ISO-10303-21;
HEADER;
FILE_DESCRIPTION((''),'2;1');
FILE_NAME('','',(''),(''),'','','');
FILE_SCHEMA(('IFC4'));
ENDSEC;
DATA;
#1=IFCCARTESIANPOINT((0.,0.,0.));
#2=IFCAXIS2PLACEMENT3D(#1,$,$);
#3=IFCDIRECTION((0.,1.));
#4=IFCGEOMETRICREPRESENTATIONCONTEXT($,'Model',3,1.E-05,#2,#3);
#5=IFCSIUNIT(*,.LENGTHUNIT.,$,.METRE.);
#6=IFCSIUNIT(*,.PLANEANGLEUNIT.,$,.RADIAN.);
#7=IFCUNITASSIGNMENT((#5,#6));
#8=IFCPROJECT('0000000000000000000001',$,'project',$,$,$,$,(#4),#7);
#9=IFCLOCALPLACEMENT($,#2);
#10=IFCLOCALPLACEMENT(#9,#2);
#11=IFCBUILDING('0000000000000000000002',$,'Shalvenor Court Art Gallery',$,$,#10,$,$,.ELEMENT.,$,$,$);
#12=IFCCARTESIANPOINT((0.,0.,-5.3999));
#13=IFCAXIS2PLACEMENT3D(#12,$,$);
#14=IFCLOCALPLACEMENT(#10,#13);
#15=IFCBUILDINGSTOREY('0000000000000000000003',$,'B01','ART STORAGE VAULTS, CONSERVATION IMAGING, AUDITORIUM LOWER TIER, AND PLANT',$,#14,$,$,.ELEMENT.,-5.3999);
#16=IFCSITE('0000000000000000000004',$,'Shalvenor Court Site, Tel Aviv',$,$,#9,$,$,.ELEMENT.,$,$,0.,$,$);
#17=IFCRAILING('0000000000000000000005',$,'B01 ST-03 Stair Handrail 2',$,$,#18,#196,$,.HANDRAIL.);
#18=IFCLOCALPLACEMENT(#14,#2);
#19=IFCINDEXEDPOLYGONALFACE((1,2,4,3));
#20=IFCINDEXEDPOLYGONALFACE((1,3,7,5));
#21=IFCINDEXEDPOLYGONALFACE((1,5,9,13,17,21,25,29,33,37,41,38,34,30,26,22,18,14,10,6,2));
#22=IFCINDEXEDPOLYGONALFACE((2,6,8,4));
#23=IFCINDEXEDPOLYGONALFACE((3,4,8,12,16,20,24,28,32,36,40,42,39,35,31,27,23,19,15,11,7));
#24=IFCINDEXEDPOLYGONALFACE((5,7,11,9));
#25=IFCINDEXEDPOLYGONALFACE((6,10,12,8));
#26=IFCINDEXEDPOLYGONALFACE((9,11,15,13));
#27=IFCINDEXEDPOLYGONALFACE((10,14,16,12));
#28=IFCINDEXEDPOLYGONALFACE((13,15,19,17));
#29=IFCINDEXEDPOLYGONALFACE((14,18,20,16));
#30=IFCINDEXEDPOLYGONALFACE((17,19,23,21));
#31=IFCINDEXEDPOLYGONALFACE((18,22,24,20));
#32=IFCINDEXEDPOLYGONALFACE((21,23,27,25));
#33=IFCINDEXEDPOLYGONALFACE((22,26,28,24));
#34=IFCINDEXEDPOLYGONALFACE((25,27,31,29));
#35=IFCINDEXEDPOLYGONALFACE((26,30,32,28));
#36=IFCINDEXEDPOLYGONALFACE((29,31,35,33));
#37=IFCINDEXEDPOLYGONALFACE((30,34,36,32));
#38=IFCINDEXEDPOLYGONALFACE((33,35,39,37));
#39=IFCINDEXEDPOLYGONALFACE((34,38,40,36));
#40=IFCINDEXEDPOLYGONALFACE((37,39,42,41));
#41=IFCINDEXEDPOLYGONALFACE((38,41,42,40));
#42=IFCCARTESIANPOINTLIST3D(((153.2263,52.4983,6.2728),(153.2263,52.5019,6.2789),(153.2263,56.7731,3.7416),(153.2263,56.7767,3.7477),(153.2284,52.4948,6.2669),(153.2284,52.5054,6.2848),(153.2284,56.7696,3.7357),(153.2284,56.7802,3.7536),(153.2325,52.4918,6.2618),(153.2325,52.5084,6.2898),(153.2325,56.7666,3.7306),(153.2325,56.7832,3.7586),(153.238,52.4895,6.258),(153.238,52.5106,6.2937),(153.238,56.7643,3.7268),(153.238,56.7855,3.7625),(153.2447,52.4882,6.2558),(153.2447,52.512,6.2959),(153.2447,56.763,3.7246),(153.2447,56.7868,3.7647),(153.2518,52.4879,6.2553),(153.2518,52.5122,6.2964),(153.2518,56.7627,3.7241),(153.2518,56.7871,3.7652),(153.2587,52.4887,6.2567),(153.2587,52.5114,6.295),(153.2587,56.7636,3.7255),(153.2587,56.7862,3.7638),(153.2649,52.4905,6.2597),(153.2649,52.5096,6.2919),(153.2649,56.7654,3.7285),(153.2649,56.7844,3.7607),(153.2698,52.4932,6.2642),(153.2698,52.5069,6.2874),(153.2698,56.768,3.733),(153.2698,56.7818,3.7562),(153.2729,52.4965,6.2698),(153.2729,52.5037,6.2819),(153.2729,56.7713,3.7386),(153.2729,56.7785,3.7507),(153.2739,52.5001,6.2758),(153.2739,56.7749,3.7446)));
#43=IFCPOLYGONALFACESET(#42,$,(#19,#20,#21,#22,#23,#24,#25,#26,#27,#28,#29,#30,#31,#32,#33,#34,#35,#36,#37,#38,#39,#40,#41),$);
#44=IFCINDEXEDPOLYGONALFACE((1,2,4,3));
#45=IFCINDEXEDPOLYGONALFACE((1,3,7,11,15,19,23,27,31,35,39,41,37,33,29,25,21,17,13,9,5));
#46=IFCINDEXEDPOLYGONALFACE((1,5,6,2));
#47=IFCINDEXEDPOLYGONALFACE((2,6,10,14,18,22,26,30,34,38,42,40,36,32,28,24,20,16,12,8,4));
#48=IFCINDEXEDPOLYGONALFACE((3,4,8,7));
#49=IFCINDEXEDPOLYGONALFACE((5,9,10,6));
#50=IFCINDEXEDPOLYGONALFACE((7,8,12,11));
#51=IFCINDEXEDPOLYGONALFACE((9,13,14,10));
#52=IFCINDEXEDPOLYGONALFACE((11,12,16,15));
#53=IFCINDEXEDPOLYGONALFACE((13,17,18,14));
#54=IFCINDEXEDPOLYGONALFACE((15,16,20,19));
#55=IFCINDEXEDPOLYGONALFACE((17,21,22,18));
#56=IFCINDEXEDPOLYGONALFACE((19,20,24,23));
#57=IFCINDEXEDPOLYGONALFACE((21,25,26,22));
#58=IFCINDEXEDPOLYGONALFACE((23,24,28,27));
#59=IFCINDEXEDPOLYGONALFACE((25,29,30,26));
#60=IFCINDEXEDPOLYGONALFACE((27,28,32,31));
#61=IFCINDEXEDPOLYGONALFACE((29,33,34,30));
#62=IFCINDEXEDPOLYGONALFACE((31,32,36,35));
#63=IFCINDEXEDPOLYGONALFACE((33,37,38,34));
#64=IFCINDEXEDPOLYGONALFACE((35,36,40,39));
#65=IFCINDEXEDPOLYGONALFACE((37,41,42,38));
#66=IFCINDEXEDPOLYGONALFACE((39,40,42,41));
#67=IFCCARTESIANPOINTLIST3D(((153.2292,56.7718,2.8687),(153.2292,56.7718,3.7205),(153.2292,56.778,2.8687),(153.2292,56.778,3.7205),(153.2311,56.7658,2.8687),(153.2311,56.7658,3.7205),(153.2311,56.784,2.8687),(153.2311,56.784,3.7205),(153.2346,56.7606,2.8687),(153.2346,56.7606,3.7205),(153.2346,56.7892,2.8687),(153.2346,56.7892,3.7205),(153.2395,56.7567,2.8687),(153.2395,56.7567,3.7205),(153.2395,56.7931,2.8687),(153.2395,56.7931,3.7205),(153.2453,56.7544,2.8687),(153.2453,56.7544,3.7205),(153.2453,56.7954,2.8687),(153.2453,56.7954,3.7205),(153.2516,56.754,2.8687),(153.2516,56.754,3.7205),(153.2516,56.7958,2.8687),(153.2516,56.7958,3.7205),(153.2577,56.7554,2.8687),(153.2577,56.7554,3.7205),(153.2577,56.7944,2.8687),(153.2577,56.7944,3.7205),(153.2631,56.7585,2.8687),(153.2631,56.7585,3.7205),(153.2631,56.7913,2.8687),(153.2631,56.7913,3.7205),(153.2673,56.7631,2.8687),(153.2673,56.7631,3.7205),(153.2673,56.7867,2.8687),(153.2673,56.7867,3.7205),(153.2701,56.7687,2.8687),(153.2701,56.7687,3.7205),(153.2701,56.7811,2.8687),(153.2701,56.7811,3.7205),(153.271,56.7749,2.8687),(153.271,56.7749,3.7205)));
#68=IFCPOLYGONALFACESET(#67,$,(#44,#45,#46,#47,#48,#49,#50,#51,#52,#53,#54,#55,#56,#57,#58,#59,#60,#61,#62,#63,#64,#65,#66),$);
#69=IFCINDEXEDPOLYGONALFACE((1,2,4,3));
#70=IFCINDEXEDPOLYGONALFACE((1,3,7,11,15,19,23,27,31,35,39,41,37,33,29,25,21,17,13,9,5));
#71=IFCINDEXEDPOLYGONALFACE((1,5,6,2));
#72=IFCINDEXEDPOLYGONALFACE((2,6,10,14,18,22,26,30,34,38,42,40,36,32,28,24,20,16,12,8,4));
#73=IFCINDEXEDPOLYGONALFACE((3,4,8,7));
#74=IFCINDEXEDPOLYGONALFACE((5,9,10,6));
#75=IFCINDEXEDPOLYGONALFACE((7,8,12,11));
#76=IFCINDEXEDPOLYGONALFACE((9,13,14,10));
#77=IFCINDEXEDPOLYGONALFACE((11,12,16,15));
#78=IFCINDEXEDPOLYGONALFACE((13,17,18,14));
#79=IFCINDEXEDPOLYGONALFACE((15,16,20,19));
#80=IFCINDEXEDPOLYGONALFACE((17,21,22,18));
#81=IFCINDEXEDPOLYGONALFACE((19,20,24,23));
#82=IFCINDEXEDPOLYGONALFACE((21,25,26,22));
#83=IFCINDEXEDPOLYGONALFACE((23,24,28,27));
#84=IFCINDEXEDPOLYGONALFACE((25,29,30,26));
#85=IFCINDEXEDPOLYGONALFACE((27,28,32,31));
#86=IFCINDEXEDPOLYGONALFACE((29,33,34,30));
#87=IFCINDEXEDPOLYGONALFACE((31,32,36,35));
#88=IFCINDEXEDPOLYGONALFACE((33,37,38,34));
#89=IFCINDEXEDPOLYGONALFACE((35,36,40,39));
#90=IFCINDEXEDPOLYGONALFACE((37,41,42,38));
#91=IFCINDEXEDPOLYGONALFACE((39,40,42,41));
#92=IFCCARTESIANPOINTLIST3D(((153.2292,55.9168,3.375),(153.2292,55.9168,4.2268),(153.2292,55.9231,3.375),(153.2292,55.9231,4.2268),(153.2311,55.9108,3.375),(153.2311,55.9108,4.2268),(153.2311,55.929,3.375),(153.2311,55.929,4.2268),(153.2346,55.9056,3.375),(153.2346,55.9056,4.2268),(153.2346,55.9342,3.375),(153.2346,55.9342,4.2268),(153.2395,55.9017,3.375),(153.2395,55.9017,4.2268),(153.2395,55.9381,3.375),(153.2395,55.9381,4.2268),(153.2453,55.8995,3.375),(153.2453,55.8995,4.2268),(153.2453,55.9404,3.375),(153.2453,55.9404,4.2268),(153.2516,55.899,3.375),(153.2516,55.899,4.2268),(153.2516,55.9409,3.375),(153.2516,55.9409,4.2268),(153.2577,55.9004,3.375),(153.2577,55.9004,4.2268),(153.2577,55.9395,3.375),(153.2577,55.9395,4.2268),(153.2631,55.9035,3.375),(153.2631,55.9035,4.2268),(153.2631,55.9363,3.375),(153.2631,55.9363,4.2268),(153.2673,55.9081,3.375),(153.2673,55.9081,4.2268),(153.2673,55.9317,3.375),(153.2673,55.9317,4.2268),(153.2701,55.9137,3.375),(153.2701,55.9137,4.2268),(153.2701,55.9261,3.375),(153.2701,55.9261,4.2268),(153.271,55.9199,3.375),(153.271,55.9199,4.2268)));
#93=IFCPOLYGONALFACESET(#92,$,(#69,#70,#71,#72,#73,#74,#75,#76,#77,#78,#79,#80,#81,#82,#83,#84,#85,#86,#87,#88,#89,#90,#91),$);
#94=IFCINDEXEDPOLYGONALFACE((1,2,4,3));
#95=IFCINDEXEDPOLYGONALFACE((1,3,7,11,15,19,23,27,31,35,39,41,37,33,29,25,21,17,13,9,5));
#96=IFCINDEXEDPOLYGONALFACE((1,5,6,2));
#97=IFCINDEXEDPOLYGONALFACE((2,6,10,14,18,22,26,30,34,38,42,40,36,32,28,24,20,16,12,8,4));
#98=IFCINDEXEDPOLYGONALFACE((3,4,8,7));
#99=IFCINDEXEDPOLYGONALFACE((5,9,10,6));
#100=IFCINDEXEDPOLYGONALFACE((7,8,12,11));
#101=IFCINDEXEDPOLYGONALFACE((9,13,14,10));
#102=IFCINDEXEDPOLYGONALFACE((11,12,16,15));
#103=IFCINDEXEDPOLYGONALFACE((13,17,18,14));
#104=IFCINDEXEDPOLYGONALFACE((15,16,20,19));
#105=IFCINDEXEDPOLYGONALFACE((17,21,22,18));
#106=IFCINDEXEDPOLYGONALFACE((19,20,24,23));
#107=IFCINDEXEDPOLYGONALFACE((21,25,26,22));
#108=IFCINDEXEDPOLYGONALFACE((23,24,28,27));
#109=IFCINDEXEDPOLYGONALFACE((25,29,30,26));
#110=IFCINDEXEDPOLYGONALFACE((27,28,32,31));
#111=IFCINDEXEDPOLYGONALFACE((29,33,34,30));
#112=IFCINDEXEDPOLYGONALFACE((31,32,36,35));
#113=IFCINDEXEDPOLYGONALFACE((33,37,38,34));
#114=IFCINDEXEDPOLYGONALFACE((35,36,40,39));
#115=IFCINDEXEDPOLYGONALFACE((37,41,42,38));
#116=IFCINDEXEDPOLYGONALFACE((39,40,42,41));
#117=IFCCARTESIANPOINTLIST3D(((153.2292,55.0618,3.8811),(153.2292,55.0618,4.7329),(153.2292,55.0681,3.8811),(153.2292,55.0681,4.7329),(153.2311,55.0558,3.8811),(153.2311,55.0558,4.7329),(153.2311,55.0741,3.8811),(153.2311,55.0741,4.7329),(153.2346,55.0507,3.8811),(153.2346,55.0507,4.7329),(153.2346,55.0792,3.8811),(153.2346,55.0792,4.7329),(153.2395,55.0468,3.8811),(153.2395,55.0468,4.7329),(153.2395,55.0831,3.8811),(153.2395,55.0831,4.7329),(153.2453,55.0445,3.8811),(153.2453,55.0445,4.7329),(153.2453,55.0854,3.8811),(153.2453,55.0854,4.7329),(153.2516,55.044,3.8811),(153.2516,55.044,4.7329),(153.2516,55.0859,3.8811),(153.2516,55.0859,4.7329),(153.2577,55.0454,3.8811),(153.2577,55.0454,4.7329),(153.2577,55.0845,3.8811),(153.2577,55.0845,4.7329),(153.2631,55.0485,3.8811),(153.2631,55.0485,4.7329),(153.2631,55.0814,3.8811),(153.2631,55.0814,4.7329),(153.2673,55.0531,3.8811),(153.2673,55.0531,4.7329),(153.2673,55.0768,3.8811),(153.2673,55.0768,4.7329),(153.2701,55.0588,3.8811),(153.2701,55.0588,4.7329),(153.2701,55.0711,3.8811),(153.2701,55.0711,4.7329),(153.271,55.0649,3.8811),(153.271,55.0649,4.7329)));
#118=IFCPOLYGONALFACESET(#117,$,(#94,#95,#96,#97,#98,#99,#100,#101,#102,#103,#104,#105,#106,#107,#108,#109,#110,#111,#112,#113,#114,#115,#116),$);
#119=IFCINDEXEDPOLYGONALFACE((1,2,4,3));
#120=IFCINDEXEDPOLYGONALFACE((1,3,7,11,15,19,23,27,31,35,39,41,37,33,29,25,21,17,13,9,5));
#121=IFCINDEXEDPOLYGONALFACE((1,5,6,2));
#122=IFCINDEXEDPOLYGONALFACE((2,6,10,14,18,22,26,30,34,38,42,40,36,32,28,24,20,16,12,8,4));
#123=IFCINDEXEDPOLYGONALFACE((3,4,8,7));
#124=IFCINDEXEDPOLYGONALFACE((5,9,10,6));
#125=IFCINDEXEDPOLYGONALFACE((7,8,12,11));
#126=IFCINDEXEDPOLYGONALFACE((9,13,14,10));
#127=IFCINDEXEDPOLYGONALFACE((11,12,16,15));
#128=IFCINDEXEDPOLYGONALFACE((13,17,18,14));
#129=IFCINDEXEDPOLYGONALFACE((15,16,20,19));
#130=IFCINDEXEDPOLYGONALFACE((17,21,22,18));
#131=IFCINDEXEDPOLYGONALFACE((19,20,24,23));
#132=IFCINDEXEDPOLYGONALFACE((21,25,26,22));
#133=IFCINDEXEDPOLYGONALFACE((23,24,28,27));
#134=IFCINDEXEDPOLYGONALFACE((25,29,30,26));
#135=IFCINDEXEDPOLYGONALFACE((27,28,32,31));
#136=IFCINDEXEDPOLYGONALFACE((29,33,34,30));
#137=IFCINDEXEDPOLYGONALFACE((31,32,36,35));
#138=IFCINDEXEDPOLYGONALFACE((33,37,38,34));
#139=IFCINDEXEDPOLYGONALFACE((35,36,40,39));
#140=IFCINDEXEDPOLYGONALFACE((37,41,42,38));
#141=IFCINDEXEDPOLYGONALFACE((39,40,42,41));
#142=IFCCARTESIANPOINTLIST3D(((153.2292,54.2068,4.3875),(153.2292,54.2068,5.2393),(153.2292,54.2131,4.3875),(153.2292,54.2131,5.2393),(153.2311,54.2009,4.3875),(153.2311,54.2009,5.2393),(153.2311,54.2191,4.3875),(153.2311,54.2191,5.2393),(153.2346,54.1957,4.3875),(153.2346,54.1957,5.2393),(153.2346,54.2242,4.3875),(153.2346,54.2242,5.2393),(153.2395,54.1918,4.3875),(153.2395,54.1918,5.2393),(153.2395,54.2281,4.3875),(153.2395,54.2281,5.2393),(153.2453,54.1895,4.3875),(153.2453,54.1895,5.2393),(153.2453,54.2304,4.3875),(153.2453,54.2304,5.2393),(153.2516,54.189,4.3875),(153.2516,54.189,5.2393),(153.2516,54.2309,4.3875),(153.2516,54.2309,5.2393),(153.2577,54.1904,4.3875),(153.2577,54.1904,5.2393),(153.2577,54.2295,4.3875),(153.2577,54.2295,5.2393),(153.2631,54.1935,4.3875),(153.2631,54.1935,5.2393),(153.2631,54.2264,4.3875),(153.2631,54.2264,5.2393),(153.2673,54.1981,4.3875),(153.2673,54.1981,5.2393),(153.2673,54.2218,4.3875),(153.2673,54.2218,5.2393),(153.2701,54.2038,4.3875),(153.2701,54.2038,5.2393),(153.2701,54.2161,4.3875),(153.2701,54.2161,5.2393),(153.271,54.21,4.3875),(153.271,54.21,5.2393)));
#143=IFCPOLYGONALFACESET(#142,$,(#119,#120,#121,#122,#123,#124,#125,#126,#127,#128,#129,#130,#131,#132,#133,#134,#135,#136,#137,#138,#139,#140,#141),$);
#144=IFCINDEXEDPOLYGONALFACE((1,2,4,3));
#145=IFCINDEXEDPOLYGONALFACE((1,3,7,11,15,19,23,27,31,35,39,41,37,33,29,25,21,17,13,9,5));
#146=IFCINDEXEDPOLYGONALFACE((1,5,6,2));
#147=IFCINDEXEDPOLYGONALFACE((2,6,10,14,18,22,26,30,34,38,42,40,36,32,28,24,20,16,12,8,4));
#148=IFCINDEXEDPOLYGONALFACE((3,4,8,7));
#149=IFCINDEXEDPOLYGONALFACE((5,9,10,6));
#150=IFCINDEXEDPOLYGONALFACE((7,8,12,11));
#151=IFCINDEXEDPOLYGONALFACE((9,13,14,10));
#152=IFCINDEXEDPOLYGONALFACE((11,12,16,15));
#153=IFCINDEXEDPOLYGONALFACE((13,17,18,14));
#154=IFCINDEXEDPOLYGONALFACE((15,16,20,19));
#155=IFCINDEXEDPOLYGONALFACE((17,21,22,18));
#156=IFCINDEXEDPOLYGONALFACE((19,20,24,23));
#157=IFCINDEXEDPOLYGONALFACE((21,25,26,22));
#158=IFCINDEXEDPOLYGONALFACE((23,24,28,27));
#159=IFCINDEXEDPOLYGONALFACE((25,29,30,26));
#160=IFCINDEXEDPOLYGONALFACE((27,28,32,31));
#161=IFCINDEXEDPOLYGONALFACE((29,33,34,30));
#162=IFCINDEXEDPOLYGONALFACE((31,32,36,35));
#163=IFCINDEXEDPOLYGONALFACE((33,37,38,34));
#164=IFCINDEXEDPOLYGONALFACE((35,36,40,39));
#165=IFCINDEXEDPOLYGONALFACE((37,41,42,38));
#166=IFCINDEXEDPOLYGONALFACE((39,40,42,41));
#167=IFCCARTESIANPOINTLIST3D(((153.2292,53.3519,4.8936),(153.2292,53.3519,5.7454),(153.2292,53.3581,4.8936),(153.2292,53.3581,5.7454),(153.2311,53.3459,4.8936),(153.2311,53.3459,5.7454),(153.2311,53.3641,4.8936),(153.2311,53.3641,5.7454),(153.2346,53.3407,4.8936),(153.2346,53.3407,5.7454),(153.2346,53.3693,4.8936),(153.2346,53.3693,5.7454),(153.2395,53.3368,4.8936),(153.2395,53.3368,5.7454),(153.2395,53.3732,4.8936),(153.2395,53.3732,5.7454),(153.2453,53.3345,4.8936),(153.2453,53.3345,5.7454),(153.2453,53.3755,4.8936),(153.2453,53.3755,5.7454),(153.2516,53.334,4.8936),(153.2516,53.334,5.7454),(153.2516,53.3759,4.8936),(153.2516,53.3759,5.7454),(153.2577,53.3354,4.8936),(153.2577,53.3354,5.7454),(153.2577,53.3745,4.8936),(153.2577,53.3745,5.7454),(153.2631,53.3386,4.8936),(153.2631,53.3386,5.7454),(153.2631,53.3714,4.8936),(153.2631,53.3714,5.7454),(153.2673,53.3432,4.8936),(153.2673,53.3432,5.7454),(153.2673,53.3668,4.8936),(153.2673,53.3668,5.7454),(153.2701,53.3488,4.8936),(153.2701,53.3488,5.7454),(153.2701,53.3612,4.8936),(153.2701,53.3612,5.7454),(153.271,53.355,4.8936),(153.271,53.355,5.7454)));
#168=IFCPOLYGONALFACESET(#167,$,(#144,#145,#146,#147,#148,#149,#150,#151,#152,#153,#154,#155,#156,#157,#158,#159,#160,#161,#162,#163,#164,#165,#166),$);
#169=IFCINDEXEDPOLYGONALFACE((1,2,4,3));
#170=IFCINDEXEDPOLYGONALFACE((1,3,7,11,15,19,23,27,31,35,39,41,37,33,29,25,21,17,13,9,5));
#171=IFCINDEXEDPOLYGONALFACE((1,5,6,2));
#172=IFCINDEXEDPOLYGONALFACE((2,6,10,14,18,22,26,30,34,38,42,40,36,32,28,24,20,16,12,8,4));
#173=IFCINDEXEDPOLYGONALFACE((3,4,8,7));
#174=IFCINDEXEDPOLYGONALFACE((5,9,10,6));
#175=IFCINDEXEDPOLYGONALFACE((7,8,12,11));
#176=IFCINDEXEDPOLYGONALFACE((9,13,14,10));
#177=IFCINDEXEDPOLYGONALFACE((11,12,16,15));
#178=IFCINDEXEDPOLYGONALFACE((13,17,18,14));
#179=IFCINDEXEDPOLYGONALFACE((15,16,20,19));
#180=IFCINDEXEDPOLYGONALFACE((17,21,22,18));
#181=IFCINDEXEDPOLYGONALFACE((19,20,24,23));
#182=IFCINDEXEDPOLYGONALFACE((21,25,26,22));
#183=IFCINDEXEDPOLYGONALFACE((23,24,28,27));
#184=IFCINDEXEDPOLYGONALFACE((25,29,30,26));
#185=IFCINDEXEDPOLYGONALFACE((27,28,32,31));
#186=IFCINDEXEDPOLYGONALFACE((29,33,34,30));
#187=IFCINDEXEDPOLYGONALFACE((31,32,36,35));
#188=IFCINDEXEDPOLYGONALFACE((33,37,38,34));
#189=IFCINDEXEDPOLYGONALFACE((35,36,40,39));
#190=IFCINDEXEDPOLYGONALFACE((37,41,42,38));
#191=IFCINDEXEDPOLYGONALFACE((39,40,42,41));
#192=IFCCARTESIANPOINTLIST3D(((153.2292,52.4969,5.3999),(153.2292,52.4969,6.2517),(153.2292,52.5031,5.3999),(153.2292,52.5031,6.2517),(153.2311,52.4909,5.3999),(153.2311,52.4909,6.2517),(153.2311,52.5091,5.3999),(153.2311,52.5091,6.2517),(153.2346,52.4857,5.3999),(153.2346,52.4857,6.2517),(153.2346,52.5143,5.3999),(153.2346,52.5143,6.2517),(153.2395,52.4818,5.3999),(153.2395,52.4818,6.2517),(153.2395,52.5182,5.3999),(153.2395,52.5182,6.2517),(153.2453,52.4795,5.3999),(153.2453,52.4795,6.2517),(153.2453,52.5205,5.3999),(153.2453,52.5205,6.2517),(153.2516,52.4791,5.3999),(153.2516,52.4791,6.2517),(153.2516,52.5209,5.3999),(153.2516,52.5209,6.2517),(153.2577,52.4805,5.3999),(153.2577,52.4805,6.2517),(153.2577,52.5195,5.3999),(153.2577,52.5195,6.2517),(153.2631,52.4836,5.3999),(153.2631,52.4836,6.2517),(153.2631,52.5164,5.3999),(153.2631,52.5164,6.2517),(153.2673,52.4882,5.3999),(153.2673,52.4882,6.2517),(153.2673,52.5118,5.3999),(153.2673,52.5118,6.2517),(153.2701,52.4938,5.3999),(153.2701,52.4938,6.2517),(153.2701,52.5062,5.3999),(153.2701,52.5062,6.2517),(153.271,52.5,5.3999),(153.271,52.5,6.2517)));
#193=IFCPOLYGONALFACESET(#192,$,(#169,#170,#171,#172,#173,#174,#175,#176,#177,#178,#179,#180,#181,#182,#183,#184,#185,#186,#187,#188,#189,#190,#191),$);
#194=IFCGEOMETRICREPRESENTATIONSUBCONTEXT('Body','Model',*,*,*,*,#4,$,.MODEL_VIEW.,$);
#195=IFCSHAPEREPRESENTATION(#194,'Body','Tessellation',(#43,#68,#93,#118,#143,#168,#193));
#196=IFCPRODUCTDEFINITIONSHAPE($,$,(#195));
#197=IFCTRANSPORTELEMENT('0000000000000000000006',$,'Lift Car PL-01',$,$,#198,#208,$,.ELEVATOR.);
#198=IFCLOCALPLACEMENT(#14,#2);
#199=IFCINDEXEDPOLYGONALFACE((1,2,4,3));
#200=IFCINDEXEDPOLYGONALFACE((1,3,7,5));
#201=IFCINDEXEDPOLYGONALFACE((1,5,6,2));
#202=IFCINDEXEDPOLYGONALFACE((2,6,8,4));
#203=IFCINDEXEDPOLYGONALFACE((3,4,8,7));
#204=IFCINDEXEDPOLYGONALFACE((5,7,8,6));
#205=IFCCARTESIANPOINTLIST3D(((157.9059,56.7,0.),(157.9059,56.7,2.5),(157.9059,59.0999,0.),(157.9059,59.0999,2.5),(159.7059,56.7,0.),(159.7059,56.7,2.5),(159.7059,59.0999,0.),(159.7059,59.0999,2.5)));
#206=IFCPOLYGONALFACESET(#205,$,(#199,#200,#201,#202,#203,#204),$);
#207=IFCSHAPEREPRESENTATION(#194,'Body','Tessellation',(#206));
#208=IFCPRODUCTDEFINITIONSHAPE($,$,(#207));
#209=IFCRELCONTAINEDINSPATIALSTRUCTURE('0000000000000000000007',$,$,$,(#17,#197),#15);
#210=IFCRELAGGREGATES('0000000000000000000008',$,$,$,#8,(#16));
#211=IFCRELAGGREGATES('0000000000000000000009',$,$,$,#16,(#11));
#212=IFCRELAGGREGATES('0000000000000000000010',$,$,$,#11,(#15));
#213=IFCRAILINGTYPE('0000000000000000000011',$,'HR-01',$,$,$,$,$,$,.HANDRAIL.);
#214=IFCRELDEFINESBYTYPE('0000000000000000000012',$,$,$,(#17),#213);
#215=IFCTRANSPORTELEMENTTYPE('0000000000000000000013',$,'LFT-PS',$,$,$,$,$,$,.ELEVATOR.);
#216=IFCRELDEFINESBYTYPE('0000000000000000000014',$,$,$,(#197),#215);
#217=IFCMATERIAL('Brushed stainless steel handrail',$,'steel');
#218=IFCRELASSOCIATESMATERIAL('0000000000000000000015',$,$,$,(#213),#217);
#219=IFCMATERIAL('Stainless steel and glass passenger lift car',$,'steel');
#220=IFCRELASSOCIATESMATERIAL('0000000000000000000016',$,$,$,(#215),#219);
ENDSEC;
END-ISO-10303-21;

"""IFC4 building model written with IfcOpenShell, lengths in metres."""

from ifc_helpers import new_model, si_unit, direction, frame, origin, origin_2d, place, context, subcontext, project, spatial, rectangle, circle, extrude, material, type_object, element, save


model = new_model("IFC4")

# Units and contexts
model_context = context("Model", 3, precision=1e-05, world=origin(), true_north=direction((0.0, 1.0)))
body_context = subcontext(model_context, "Body", "Model", "MODEL_VIEW")
ifc_project = project(units=[si_unit("LENGTHUNIT", "METRE"), si_unit("PLANEANGLEUNIT", "RADIAN")], contexts=[model_context])

# Site, building, storey
site_placement = place(None, origin())
site = spatial("IfcSite", under=ifc_project, at=site_placement, Name="Shalvenor Court Site, Tel Aviv", CompositionType="ELEMENT", RefElevation=0.0)
building_placement = place(site_placement, origin())
building = spatial("IfcBuilding", under=site, at=building_placement, Name="Shalvenor Court Art Gallery", CompositionType="ELEMENT")
storey_placement = place(building_placement, frame((0.0, 0.0, -5.3999)))
storey = spatial("IfcBuildingStorey", under=building, at=storey_placement, Name="B01", Description="ART STORAGE VAULTS, CONSERVATION IMAGING, AUDITORIUM LOWER TIER, AND PLANT", CompositionType="ELEMENT", Elevation=-5.3999)

# Railing
ifc_material_1 = material(Name="Brushed stainless steel handrail", Category="steel")
railing_type_1 = type_object("IfcRailingType", Name="HR-01", PredefinedType="HANDRAIL", material=ifc_material_1)
railing_1_placement = place(storey_placement, frame((153.25, 56.7749, 2.8687)))
element("IfcRailing", 1, at=railing_1_placement, inside=storey, type_object=railing_type_1, Name="B01 ST-03 Stair Handrail 2", PredefinedType="HANDRAIL", context=body_context, shape_type="SweptSolid", body=[
    extrude(circle(Radius=0.0239, at=origin_2d()), frame((0.0, 0.0, 0.876), z_axis=(0.0, -0.86047, 0.509501), x_axis=(1.0, 0.0, 0.0)), (0.0, 0.0, 1.0), 4.968),
    extrude(circle(Radius=0.021, at=origin_2d()), origin(), (0.0, 0.0, 1.0), 0.8518),
    extrude(circle(Radius=0.021, at=origin_2d()), frame((0.0, -0.855, 0.5063)), (0.0, 0.0, 1.0), 0.8518),
    extrude(circle(Radius=0.021, at=origin_2d()), frame((0.0, -1.71, 1.0125)), (0.0, 0.0, 1.0), 0.8518),
    extrude(circle(Radius=0.021, at=origin_2d()), frame((0.0, -2.5649, 1.5188)), (0.0, 0.0, 1.0), 0.8518),
    extrude(circle(Radius=0.021, at=origin_2d()), frame((0.0, -3.4199, 2.0249)), (0.0, 0.0, 1.0), 0.8518),
    extrude(circle(Radius=0.021, at=origin_2d()), frame((0.0, -4.2749, 2.5312)), (0.0, 0.0, 1.0), 0.8518),
])

# Transport element
ifc_material_2 = material(Name="Stainless steel and glass passenger lift car", Category="steel")
transport_element_type = type_object("IfcTransportElementType", Name="LFT-PS", PredefinedType="ELEVATOR", material=ifc_material_2)
transport_element_placement = place(storey_placement, frame((158.8059, 57.8999, 0.0), z_axis=(0.0, 0.0, 1.0), x_axis=(1.0, 0.0, 0.0)))
element("IfcTransportElement", 2, at=transport_element_placement, inside=storey, type_object=transport_element_type, Name="Lift Car PL-01", PredefinedType="ELEVATOR", context=body_context, shape_type="SweptSolid", body=[
    extrude(rectangle(XDim=1.8, YDim=2.3999, at=origin_2d()), origin(), (0.0, 0.0, 1.0), 2.5),
])

save(model, "model.ifc")
